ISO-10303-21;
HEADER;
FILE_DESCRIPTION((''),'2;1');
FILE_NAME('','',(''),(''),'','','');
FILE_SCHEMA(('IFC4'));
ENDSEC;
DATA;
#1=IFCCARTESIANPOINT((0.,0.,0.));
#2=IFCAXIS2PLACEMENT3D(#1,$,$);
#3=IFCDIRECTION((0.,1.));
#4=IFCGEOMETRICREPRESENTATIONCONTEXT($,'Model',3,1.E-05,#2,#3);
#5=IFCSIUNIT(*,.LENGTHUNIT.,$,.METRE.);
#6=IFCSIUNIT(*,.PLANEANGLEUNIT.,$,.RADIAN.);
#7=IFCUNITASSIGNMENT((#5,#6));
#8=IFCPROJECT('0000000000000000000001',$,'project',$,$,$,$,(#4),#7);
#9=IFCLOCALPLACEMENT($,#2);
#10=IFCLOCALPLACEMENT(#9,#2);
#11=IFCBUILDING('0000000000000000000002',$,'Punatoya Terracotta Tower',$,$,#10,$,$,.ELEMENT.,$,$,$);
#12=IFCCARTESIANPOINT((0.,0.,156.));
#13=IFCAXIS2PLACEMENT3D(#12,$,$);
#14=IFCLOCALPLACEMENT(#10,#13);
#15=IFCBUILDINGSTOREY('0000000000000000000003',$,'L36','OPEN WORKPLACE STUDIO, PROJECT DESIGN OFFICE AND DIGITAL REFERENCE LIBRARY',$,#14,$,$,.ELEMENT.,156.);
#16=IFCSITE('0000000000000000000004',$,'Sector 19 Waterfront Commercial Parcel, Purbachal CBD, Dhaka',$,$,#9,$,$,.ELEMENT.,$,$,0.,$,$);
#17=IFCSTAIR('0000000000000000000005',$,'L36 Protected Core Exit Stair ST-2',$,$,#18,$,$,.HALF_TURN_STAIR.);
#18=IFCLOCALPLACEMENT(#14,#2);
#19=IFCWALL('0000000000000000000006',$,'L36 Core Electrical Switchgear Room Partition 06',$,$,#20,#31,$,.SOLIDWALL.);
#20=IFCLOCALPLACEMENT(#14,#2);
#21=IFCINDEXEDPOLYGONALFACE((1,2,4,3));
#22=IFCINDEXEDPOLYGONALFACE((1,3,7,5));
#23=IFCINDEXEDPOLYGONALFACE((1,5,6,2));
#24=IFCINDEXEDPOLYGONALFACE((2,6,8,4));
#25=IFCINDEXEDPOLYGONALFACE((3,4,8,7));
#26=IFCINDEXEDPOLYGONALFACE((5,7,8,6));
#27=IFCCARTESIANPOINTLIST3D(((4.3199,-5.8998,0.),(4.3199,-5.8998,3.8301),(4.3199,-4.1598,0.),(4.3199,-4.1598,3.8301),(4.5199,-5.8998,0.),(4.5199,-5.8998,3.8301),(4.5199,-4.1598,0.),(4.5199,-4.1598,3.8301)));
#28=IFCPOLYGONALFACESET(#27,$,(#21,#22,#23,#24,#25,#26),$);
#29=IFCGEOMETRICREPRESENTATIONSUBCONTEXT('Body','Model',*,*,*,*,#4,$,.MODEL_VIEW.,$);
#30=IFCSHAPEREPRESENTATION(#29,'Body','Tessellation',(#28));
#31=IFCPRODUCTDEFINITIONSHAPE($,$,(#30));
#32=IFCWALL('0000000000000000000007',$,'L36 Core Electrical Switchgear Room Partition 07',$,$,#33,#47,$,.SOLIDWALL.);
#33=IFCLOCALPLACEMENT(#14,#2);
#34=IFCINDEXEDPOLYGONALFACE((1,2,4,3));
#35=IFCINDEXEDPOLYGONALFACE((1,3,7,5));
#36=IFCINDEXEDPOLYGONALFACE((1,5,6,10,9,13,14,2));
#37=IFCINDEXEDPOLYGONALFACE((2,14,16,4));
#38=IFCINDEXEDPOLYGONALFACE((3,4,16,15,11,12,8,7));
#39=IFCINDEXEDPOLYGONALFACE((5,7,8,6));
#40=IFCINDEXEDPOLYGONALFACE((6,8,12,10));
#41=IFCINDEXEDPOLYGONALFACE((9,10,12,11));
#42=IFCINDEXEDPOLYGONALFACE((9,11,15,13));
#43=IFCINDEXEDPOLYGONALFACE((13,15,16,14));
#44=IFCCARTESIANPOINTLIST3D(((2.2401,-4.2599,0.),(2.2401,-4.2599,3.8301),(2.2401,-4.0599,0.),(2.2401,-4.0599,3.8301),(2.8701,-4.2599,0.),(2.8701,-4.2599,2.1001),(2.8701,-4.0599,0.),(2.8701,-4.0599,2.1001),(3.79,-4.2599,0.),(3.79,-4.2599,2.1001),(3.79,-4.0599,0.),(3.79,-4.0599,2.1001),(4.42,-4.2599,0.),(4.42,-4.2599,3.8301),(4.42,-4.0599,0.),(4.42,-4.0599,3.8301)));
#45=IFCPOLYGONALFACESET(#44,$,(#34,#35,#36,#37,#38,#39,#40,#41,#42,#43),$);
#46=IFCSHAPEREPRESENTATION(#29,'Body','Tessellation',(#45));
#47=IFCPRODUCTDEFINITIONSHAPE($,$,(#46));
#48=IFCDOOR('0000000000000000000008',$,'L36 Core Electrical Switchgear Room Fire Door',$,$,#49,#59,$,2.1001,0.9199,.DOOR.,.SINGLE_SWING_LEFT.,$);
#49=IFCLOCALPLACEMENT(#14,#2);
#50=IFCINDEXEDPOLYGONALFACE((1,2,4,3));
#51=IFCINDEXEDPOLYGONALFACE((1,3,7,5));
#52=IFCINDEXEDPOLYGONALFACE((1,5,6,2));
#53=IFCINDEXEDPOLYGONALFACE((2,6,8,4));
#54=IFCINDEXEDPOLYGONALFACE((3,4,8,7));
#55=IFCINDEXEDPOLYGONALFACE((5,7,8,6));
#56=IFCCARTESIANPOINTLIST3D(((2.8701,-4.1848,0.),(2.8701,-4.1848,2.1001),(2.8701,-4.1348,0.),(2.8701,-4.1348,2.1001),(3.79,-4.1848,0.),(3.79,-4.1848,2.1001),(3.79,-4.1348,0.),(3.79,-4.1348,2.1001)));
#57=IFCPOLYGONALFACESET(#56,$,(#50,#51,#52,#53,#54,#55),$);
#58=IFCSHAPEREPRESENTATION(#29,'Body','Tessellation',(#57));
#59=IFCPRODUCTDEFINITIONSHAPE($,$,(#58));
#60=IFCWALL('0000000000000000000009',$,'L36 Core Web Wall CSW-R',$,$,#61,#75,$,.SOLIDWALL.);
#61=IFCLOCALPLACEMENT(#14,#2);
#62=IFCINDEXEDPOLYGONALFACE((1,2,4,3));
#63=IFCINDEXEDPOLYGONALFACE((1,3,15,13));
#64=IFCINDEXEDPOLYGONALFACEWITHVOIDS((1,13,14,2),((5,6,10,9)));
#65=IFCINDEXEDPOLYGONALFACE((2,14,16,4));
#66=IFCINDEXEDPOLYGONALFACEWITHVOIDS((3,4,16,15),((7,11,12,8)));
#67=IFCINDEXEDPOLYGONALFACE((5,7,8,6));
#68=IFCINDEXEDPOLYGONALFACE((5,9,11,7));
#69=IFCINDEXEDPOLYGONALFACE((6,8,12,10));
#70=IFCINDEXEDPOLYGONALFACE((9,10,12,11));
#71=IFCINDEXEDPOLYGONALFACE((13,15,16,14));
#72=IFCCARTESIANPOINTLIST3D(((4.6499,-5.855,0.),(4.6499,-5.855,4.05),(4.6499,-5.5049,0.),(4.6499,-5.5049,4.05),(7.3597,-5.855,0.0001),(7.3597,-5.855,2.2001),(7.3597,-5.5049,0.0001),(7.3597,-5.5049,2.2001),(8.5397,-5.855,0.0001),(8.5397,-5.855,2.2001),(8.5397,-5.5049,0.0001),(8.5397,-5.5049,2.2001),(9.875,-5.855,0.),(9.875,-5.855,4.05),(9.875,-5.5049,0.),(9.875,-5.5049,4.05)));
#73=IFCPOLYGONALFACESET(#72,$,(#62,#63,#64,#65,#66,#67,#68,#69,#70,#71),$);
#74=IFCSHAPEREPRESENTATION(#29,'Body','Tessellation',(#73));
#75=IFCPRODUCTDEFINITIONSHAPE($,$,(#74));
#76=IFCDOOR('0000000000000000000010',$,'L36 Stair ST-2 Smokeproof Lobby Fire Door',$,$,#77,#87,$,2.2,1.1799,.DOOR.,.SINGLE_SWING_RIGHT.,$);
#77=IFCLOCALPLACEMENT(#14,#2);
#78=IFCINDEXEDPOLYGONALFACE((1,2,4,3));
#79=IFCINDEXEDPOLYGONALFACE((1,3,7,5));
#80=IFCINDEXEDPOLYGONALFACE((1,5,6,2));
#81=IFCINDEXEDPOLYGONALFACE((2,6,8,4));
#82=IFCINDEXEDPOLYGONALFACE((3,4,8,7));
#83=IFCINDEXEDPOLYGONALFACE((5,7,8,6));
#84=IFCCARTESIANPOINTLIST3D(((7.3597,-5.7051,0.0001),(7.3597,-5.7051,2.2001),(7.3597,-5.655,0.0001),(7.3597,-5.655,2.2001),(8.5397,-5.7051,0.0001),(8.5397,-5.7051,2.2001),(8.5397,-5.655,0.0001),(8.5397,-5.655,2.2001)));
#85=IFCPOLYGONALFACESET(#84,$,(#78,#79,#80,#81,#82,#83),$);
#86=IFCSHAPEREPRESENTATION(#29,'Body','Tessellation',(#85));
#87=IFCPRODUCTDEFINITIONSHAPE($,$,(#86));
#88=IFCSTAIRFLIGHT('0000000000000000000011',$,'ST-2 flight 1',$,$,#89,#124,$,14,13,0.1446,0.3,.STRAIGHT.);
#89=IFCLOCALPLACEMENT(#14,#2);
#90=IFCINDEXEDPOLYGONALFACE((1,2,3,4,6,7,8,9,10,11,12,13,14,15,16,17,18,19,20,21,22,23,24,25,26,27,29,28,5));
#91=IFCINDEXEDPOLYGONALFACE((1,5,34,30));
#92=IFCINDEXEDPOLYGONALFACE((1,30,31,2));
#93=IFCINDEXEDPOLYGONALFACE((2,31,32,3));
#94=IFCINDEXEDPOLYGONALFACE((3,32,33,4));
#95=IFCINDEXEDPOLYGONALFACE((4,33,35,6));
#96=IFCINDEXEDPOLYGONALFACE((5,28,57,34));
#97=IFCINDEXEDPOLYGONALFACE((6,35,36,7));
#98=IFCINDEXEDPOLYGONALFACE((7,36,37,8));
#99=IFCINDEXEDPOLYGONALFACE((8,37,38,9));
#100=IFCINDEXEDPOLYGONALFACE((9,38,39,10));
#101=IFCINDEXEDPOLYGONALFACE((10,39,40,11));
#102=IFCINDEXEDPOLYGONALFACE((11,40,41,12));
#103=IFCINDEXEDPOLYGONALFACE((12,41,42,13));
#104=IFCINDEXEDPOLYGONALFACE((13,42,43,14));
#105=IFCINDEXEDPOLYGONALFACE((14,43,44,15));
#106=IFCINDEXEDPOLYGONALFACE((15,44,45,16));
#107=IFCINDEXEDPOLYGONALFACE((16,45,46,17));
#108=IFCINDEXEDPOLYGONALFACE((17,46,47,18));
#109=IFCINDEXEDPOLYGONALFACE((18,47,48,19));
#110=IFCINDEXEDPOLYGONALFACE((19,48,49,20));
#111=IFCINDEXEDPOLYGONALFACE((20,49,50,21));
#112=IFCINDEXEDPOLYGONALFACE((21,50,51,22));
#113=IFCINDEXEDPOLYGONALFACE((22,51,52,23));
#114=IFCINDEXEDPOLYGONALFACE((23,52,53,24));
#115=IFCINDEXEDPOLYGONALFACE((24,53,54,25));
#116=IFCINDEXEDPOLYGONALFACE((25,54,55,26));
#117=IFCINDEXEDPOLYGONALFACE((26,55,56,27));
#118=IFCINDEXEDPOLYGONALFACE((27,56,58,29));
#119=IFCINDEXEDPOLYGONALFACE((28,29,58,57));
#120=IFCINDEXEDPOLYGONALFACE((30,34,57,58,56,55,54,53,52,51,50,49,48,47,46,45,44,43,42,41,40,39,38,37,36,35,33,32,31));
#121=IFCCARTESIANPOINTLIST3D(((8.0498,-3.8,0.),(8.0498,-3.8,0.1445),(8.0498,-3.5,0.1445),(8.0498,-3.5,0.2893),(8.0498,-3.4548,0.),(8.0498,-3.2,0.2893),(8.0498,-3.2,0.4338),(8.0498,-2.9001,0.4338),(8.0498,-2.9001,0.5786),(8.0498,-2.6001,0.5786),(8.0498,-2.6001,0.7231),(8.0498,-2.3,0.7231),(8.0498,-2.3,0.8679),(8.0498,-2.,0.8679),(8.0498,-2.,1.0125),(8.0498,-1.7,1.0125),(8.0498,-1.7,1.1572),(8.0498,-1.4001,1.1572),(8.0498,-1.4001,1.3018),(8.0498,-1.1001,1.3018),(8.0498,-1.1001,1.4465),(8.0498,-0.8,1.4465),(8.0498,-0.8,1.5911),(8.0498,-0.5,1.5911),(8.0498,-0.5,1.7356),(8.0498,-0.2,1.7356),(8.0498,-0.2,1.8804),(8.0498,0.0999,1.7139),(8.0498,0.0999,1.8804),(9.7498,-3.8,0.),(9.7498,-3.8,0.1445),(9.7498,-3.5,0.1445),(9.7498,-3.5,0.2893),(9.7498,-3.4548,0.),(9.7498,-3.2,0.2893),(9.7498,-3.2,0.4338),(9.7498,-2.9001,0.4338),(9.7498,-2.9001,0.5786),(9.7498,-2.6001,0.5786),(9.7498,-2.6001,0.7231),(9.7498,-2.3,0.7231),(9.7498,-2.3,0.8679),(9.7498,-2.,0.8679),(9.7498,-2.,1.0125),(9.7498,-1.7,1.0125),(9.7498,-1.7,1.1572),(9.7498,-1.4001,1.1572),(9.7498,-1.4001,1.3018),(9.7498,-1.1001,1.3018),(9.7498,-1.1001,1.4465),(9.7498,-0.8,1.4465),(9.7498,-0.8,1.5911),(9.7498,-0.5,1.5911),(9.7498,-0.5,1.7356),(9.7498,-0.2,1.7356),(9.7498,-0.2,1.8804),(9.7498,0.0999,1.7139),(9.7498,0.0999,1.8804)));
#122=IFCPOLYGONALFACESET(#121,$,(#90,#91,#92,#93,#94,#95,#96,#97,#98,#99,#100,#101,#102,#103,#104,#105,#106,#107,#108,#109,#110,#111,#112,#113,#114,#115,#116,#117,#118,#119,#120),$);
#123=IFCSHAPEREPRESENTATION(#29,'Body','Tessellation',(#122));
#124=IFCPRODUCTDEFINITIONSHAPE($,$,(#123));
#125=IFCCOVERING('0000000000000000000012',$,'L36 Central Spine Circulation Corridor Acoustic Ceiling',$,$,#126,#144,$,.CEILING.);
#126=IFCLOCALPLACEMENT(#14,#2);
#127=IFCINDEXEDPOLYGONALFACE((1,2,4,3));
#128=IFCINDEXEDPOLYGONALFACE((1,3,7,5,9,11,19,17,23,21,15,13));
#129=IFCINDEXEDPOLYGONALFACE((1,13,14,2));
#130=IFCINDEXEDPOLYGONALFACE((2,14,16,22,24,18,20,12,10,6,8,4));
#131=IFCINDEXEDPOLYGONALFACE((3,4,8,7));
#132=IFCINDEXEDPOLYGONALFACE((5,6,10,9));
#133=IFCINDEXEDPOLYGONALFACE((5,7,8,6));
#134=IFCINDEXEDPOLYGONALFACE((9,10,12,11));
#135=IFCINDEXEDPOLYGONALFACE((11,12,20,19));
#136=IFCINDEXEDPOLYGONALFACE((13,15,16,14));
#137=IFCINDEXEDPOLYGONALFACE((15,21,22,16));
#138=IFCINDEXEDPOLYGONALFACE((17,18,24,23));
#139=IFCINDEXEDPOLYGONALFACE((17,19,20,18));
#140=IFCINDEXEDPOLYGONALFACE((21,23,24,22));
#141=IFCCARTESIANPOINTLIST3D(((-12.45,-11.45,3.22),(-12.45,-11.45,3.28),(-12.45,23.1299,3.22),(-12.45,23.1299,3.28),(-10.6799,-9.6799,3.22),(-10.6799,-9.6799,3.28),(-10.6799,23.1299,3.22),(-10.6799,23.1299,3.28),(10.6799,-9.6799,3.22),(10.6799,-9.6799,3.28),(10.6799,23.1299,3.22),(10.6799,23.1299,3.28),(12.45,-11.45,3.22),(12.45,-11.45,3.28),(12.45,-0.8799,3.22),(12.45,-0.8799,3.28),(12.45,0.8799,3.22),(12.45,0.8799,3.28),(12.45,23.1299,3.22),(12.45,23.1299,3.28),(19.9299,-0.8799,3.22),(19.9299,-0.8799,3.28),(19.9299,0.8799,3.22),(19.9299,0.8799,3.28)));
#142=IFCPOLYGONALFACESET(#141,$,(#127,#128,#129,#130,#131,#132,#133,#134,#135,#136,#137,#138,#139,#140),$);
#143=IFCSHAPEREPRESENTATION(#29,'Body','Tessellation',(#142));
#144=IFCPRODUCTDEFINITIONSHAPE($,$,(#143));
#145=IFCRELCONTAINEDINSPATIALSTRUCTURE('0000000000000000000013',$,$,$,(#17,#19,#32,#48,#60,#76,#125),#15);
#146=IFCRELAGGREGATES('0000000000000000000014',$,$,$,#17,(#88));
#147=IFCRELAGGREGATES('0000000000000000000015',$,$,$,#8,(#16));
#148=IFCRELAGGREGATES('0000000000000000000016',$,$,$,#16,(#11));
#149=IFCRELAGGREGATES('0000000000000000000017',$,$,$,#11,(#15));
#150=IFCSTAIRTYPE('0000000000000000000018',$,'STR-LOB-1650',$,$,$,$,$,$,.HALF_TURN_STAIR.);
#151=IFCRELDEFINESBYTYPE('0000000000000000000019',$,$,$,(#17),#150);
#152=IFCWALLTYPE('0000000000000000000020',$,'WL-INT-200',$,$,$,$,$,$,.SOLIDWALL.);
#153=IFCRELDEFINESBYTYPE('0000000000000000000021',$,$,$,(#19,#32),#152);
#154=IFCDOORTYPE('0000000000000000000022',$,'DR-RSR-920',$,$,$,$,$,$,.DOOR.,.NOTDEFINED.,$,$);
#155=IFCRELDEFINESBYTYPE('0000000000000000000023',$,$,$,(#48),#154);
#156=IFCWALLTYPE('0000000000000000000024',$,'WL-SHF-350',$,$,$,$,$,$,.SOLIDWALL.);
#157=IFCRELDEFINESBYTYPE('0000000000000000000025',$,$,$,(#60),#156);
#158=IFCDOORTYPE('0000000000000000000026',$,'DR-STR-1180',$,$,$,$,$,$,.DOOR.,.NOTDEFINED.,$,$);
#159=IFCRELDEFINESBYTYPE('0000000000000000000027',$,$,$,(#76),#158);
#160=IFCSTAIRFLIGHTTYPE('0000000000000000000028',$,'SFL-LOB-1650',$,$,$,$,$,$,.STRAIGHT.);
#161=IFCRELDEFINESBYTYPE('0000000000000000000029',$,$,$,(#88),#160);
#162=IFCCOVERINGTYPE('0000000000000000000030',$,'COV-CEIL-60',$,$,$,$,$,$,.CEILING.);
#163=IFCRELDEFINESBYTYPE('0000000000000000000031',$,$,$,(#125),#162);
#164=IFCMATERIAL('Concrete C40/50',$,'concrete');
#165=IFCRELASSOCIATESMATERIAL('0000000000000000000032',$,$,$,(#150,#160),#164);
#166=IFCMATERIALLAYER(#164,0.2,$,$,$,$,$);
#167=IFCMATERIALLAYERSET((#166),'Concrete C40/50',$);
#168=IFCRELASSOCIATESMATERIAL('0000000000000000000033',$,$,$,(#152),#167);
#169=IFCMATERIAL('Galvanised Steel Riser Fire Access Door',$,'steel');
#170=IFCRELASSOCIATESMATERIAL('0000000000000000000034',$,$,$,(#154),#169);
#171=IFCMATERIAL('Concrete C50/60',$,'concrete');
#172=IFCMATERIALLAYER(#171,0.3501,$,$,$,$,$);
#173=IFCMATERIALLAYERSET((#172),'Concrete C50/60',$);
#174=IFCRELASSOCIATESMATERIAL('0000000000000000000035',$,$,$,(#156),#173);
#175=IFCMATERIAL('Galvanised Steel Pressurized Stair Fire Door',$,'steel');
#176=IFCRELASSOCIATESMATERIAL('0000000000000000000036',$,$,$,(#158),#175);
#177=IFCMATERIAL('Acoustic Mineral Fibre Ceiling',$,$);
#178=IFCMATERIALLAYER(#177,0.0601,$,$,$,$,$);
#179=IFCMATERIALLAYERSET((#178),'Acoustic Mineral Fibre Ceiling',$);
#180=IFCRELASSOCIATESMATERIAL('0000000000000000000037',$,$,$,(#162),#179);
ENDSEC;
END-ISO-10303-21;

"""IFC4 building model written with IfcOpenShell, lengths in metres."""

from ifc_helpers import new_model, si_unit, direction, frame, frame_2d, origin, place, context, subcontext, project, spatial, polyline, rectangle, outline, extrude, material, layer, layer_set, type_object, element, fill, aggregate, save


model = new_model("IFC4")

# Units and contexts
model_context = context("Model", 3, precision=1e-05, world=origin(), true_north=direction((0.0, 1.0)))
body_context = subcontext(model_context, "Body", "Model", "MODEL_VIEW")
ifc_project = project(units=[si_unit("LENGTHUNIT", "METRE"), si_unit("PLANEANGLEUNIT", "RADIAN")], contexts=[model_context])

# Site, building, storey
site_placement = place(None, origin())
site = spatial("IfcSite", under=ifc_project, at=site_placement, Name="Sector 19 Waterfront Commercial Parcel, Purbachal CBD, Dhaka", CompositionType="ELEMENT", RefElevation=0.0)
building_placement = place(site_placement, origin())
building = spatial("IfcBuilding", under=site, at=building_placement, Name="Punatoya Terracotta Tower", CompositionType="ELEMENT")
storey_placement = place(building_placement, frame((0.0, 0.0, 156.0)))
storey = spatial("IfcBuildingStorey", under=building, at=storey_placement, Name="L36", Description="OPEN WORKPLACE STUDIO, PROJECT DESIGN OFFICE AND DIGITAL REFERENCE LIBRARY", CompositionType="ELEMENT", Elevation=156.0)

# Stair
ifc_material_1 = material(Name="Concrete C40/50", Category="concrete")
stair_type_1 = type_object("IfcStairType", Name="STR-LOB-1650", PredefinedType="HALF_TURN_STAIR", material=ifc_material_1)
stair_1_placement = place(storey_placement, origin())
stair_1 = element("IfcStair", 1, at=stair_1_placement, inside=storey, type_object=stair_type_1, Name="L36 Protected Core Exit Stair ST-2", PredefinedType="HALF_TURN_STAIR")

# Shared definitions
ifc_layer_1 = layer(ifc_material_1, 0.2)
ifc_layer_set_1 = layer_set([ifc_layer_1], Name="Concrete C40/50")
wall_type_1 = type_object("IfcWallType", Name="WL-INT-200", PredefinedType="SOLIDWALL", material=ifc_layer_set_1)

# Wall
wall_1_placement = place(storey_placement, frame((4.4199, -5.8999, 0.0), z_axis=(0.0, 0.0, 1.0), x_axis=(0.0, 1.0, 0.0)))
element("IfcWall", 2, at=wall_1_placement, inside=storey, type_object=wall_type_1, Name="L36 Core Electrical Switchgear Room Partition 06", PredefinedType="SOLIDWALL", context=body_context, shape_type="SweptSolid", body=[
    extrude(rectangle(XDim=1.74, YDim=0.2, at=frame_2d((0.8701, 0.0))), origin(), (0.0, 0.0, 1.0), 3.8301),
])

# Walls, openings, doors
wall_2_placement = place(storey_placement, frame((4.4199, -4.1599, 0.0), z_axis=(0.0, 0.0, 1.0), x_axis=(-1.0, 0.0, 0.0)))
wall_2 = element("IfcWall", 3, at=wall_2_placement, inside=storey, type_object=wall_type_1, Name="L36 Core Electrical Switchgear Room Partition 07", PredefinedType="SOLIDWALL", context=body_context, shape_type="SweptSolid", body=[
    extrude(rectangle(XDim=2.1799, YDim=0.2, at=frame_2d((1.0898, 0.0))), origin(), (0.0, 0.0, 1.0), 3.8301),
])
opening_1_placement = place(wall_2_placement, frame((0.6299, 0.0, 0.0)))
opening_1 = element("IfcOpeningElement", 4, at=opening_1_placement, cuts=wall_2, PredefinedType="OPENING", context=body_context, shape_type="SweptSolid", body=[
    extrude(rectangle(XDim=0.9199, YDim=2.1001, at=frame_2d((0.46, 1.05))), frame((0.0, 0.1099, 0.0), z_axis=(0.0, -1.0, 0.0), x_axis=(1.0, 0.0, 0.0)), (0.0, 0.0, 1.0), 0.22),
])
ifc_material_2 = material(Name="Galvanised Steel Riser Fire Access Door", Category="steel")
door_type_1 = type_object("IfcDoorType", Name="DR-RSR-920", OperationType="NOTDEFINED", PredefinedType="DOOR", material=ifc_material_2)
door_1_placement = place(opening_1_placement, origin())
door_1 = element("IfcDoor", 5, at=door_1_placement, inside=storey, type_object=door_type_1, Name="L36 Core Electrical Switchgear Room Fire Door", OperationType="SINGLE_SWING_LEFT", OverallHeight=2.1001, OverallWidth=0.9199, PredefinedType="DOOR", context=body_context, shape_type="SweptSolid", body=[
    extrude(rectangle(XDim=0.9199, YDim=2.1001, at=frame_2d((0.46, 1.05))), frame((0.0, 0.0249, 0.0), z_axis=(0.0, -1.0, 0.0), x_axis=(1.0, 0.0, 0.0)), (0.0, 0.0, 1.0), 0.05),
])
fill(opening_1, door_1)
ifc_material_3 = material(Name="Concrete C50/60", Category="concrete")
ifc_layer_2 = layer(ifc_material_3, 0.3501)
ifc_layer_set_2 = layer_set([ifc_layer_2], Name="Concrete C50/60")
wall_type_2 = type_object("IfcWallType", Name="WL-SHF-350", PredefinedType="SOLIDWALL", material=ifc_layer_set_2)
wall_3_placement = place(storey_placement, frame((4.6499, -5.6799, 0.0), z_axis=(0.0, 0.0, 1.0), x_axis=(1.0, 0.0, 0.0)))
wall_3 = element("IfcWall", 6, at=wall_3_placement, inside=storey, type_object=wall_type_2, Name="L36 Core Web Wall CSW-R", PredefinedType="SOLIDWALL", context=body_context, shape_type="SweptSolid", body=[
    extrude(rectangle(XDim=5.2251, YDim=0.3501, at=frame_2d((2.6125, 0.0))), origin(), (0.0, 0.0, 1.0), 4.05),
])
opening_2_placement = place(wall_3_placement, frame((2.71, 0.0, 0.0)))
opening_2 = element("IfcOpeningElement", 7, at=opening_2_placement, cuts=wall_3, PredefinedType="OPENING", context=body_context, shape_type="SweptSolid", body=[
    extrude(rectangle(XDim=1.1799, YDim=2.2, at=frame_2d((0.5898, 1.1001))), frame((0.0, 0.1851, 0.0), z_axis=(0.0, -1.0, 0.0), x_axis=(1.0, 0.0, 0.0)), (0.0, 0.0, 1.0), 0.3701),
])
ifc_material_4 = material(Name="Galvanised Steel Pressurized Stair Fire Door", Category="steel")
door_type_2 = type_object("IfcDoorType", Name="DR-STR-1180", OperationType="NOTDEFINED", PredefinedType="DOOR", material=ifc_material_4)
door_2_placement = place(opening_2_placement, origin())
door_2 = element("IfcDoor", 8, at=door_2_placement, inside=storey, type_object=door_type_2, Name="L36 Stair ST-2 Smokeproof Lobby Fire Door", OperationType="SINGLE_SWING_RIGHT", OverallHeight=2.2, OverallWidth=1.1799, PredefinedType="DOOR", context=body_context, shape_type="SweptSolid", body=[
    extrude(rectangle(XDim=1.1799, YDim=2.2, at=frame_2d((0.5898, 1.1001))), frame((0.0, 0.0249, 0.0), z_axis=(0.0, -1.0, 0.0), x_axis=(1.0, 0.0, 0.0)), (0.0, 0.0, 1.0), 0.05),
])
fill(opening_2, door_2)

# Stair flight
stair_flight_type = type_object("IfcStairFlightType", Name="SFL-LOB-1650", PredefinedType="STRAIGHT", material=ifc_material_1)
stair_flight_placement = place(storey_placement, frame((8.8999, -3.8, 0.0), z_axis=(0.0, 0.0, 1.0), x_axis=(0.0, 1.0, 0.0)))
stair_flight = element("IfcStairFlight", 9, at=stair_flight_placement, type_object=stair_flight_type, Name="ST-2 flight 1", NumberOfRisers=14, NumberOfTreads=13, PredefinedType="STRAIGHT", RiserHeight=0.1446, TreadLength=0.3, context=body_context, shape_type="SweptSolid", body=[
    extrude(outline(polyline([(0.0, 0.0), (0.0, 0.1445), (0.3, 0.1445), (0.3, 0.2893), (0.6001, 0.2893), (0.6001, 0.4338), (0.8999, 0.4338), (0.8999, 0.5786), (1.2, 0.5786), (1.2, 0.7231), (1.5, 0.7231), (1.5, 0.8679), (1.8, 0.8679), (1.8, 1.0125), (2.1001, 1.0125), (2.1001, 1.1572), (2.3999, 1.1572), (2.3999, 1.3018), (2.7, 1.3018), (2.7, 1.4465), (3.0, 1.4465), (3.0, 1.5911), (3.3, 1.5911), (3.3, 1.7356), (3.6001, 1.7356), (3.6001, 1.8804), (3.8999, 1.8804), (3.8999, 2.0249), (3.8999, 1.7139), (0.3452, 0.0), (0.0, 0.0)])), frame((0.0, 0.8501, 0.0), z_axis=(0.0, -1.0, 0.0), x_axis=(1.0, 0.0, 0.0)), (0.0, 0.0, 1.0), 1.7),
])
aggregate(stair_1, [stair_flight])

# Covering
ifc_material_5 = material(Name="Acoustic Mineral Fibre Ceiling")
ifc_layer_3 = layer(ifc_material_5, 0.0601)
ifc_layer_set_3 = layer_set([ifc_layer_3], Name="Acoustic Mineral Fibre Ceiling")
covering_type = type_object("IfcCoveringType", Name="COV-CEIL-60", PredefinedType="CEILING", material=ifc_layer_set_3)
covering_1_placement = place(storey_placement, frame((0.0, 0.0, 3.22)))
element("IfcCovering", 10, at=covering_1_placement, inside=storey, type_object=covering_type, Name="L36 Central Spine Circulation Corridor Acoustic Ceiling", PredefinedType="CEILING", context=body_context, shape_type="SweptSolid", body=[
    extrude(outline(polyline([(19.9299, -0.8799), (19.9299, 0.8799), (12.45, 0.8799), (12.45, 23.1299), (10.6799, 23.1299), (10.6799, -9.6799), (-10.6799, -9.6799), (-10.6799, 23.1299), (-12.45, 23.1299), (-12.45, -11.45), (12.45, -11.45), (12.45, -0.8799), (19.9299, -0.8799)])), origin(), (0.0, 0.0, 1.0), 0.0601),
])

save(model, "model.ifc")
